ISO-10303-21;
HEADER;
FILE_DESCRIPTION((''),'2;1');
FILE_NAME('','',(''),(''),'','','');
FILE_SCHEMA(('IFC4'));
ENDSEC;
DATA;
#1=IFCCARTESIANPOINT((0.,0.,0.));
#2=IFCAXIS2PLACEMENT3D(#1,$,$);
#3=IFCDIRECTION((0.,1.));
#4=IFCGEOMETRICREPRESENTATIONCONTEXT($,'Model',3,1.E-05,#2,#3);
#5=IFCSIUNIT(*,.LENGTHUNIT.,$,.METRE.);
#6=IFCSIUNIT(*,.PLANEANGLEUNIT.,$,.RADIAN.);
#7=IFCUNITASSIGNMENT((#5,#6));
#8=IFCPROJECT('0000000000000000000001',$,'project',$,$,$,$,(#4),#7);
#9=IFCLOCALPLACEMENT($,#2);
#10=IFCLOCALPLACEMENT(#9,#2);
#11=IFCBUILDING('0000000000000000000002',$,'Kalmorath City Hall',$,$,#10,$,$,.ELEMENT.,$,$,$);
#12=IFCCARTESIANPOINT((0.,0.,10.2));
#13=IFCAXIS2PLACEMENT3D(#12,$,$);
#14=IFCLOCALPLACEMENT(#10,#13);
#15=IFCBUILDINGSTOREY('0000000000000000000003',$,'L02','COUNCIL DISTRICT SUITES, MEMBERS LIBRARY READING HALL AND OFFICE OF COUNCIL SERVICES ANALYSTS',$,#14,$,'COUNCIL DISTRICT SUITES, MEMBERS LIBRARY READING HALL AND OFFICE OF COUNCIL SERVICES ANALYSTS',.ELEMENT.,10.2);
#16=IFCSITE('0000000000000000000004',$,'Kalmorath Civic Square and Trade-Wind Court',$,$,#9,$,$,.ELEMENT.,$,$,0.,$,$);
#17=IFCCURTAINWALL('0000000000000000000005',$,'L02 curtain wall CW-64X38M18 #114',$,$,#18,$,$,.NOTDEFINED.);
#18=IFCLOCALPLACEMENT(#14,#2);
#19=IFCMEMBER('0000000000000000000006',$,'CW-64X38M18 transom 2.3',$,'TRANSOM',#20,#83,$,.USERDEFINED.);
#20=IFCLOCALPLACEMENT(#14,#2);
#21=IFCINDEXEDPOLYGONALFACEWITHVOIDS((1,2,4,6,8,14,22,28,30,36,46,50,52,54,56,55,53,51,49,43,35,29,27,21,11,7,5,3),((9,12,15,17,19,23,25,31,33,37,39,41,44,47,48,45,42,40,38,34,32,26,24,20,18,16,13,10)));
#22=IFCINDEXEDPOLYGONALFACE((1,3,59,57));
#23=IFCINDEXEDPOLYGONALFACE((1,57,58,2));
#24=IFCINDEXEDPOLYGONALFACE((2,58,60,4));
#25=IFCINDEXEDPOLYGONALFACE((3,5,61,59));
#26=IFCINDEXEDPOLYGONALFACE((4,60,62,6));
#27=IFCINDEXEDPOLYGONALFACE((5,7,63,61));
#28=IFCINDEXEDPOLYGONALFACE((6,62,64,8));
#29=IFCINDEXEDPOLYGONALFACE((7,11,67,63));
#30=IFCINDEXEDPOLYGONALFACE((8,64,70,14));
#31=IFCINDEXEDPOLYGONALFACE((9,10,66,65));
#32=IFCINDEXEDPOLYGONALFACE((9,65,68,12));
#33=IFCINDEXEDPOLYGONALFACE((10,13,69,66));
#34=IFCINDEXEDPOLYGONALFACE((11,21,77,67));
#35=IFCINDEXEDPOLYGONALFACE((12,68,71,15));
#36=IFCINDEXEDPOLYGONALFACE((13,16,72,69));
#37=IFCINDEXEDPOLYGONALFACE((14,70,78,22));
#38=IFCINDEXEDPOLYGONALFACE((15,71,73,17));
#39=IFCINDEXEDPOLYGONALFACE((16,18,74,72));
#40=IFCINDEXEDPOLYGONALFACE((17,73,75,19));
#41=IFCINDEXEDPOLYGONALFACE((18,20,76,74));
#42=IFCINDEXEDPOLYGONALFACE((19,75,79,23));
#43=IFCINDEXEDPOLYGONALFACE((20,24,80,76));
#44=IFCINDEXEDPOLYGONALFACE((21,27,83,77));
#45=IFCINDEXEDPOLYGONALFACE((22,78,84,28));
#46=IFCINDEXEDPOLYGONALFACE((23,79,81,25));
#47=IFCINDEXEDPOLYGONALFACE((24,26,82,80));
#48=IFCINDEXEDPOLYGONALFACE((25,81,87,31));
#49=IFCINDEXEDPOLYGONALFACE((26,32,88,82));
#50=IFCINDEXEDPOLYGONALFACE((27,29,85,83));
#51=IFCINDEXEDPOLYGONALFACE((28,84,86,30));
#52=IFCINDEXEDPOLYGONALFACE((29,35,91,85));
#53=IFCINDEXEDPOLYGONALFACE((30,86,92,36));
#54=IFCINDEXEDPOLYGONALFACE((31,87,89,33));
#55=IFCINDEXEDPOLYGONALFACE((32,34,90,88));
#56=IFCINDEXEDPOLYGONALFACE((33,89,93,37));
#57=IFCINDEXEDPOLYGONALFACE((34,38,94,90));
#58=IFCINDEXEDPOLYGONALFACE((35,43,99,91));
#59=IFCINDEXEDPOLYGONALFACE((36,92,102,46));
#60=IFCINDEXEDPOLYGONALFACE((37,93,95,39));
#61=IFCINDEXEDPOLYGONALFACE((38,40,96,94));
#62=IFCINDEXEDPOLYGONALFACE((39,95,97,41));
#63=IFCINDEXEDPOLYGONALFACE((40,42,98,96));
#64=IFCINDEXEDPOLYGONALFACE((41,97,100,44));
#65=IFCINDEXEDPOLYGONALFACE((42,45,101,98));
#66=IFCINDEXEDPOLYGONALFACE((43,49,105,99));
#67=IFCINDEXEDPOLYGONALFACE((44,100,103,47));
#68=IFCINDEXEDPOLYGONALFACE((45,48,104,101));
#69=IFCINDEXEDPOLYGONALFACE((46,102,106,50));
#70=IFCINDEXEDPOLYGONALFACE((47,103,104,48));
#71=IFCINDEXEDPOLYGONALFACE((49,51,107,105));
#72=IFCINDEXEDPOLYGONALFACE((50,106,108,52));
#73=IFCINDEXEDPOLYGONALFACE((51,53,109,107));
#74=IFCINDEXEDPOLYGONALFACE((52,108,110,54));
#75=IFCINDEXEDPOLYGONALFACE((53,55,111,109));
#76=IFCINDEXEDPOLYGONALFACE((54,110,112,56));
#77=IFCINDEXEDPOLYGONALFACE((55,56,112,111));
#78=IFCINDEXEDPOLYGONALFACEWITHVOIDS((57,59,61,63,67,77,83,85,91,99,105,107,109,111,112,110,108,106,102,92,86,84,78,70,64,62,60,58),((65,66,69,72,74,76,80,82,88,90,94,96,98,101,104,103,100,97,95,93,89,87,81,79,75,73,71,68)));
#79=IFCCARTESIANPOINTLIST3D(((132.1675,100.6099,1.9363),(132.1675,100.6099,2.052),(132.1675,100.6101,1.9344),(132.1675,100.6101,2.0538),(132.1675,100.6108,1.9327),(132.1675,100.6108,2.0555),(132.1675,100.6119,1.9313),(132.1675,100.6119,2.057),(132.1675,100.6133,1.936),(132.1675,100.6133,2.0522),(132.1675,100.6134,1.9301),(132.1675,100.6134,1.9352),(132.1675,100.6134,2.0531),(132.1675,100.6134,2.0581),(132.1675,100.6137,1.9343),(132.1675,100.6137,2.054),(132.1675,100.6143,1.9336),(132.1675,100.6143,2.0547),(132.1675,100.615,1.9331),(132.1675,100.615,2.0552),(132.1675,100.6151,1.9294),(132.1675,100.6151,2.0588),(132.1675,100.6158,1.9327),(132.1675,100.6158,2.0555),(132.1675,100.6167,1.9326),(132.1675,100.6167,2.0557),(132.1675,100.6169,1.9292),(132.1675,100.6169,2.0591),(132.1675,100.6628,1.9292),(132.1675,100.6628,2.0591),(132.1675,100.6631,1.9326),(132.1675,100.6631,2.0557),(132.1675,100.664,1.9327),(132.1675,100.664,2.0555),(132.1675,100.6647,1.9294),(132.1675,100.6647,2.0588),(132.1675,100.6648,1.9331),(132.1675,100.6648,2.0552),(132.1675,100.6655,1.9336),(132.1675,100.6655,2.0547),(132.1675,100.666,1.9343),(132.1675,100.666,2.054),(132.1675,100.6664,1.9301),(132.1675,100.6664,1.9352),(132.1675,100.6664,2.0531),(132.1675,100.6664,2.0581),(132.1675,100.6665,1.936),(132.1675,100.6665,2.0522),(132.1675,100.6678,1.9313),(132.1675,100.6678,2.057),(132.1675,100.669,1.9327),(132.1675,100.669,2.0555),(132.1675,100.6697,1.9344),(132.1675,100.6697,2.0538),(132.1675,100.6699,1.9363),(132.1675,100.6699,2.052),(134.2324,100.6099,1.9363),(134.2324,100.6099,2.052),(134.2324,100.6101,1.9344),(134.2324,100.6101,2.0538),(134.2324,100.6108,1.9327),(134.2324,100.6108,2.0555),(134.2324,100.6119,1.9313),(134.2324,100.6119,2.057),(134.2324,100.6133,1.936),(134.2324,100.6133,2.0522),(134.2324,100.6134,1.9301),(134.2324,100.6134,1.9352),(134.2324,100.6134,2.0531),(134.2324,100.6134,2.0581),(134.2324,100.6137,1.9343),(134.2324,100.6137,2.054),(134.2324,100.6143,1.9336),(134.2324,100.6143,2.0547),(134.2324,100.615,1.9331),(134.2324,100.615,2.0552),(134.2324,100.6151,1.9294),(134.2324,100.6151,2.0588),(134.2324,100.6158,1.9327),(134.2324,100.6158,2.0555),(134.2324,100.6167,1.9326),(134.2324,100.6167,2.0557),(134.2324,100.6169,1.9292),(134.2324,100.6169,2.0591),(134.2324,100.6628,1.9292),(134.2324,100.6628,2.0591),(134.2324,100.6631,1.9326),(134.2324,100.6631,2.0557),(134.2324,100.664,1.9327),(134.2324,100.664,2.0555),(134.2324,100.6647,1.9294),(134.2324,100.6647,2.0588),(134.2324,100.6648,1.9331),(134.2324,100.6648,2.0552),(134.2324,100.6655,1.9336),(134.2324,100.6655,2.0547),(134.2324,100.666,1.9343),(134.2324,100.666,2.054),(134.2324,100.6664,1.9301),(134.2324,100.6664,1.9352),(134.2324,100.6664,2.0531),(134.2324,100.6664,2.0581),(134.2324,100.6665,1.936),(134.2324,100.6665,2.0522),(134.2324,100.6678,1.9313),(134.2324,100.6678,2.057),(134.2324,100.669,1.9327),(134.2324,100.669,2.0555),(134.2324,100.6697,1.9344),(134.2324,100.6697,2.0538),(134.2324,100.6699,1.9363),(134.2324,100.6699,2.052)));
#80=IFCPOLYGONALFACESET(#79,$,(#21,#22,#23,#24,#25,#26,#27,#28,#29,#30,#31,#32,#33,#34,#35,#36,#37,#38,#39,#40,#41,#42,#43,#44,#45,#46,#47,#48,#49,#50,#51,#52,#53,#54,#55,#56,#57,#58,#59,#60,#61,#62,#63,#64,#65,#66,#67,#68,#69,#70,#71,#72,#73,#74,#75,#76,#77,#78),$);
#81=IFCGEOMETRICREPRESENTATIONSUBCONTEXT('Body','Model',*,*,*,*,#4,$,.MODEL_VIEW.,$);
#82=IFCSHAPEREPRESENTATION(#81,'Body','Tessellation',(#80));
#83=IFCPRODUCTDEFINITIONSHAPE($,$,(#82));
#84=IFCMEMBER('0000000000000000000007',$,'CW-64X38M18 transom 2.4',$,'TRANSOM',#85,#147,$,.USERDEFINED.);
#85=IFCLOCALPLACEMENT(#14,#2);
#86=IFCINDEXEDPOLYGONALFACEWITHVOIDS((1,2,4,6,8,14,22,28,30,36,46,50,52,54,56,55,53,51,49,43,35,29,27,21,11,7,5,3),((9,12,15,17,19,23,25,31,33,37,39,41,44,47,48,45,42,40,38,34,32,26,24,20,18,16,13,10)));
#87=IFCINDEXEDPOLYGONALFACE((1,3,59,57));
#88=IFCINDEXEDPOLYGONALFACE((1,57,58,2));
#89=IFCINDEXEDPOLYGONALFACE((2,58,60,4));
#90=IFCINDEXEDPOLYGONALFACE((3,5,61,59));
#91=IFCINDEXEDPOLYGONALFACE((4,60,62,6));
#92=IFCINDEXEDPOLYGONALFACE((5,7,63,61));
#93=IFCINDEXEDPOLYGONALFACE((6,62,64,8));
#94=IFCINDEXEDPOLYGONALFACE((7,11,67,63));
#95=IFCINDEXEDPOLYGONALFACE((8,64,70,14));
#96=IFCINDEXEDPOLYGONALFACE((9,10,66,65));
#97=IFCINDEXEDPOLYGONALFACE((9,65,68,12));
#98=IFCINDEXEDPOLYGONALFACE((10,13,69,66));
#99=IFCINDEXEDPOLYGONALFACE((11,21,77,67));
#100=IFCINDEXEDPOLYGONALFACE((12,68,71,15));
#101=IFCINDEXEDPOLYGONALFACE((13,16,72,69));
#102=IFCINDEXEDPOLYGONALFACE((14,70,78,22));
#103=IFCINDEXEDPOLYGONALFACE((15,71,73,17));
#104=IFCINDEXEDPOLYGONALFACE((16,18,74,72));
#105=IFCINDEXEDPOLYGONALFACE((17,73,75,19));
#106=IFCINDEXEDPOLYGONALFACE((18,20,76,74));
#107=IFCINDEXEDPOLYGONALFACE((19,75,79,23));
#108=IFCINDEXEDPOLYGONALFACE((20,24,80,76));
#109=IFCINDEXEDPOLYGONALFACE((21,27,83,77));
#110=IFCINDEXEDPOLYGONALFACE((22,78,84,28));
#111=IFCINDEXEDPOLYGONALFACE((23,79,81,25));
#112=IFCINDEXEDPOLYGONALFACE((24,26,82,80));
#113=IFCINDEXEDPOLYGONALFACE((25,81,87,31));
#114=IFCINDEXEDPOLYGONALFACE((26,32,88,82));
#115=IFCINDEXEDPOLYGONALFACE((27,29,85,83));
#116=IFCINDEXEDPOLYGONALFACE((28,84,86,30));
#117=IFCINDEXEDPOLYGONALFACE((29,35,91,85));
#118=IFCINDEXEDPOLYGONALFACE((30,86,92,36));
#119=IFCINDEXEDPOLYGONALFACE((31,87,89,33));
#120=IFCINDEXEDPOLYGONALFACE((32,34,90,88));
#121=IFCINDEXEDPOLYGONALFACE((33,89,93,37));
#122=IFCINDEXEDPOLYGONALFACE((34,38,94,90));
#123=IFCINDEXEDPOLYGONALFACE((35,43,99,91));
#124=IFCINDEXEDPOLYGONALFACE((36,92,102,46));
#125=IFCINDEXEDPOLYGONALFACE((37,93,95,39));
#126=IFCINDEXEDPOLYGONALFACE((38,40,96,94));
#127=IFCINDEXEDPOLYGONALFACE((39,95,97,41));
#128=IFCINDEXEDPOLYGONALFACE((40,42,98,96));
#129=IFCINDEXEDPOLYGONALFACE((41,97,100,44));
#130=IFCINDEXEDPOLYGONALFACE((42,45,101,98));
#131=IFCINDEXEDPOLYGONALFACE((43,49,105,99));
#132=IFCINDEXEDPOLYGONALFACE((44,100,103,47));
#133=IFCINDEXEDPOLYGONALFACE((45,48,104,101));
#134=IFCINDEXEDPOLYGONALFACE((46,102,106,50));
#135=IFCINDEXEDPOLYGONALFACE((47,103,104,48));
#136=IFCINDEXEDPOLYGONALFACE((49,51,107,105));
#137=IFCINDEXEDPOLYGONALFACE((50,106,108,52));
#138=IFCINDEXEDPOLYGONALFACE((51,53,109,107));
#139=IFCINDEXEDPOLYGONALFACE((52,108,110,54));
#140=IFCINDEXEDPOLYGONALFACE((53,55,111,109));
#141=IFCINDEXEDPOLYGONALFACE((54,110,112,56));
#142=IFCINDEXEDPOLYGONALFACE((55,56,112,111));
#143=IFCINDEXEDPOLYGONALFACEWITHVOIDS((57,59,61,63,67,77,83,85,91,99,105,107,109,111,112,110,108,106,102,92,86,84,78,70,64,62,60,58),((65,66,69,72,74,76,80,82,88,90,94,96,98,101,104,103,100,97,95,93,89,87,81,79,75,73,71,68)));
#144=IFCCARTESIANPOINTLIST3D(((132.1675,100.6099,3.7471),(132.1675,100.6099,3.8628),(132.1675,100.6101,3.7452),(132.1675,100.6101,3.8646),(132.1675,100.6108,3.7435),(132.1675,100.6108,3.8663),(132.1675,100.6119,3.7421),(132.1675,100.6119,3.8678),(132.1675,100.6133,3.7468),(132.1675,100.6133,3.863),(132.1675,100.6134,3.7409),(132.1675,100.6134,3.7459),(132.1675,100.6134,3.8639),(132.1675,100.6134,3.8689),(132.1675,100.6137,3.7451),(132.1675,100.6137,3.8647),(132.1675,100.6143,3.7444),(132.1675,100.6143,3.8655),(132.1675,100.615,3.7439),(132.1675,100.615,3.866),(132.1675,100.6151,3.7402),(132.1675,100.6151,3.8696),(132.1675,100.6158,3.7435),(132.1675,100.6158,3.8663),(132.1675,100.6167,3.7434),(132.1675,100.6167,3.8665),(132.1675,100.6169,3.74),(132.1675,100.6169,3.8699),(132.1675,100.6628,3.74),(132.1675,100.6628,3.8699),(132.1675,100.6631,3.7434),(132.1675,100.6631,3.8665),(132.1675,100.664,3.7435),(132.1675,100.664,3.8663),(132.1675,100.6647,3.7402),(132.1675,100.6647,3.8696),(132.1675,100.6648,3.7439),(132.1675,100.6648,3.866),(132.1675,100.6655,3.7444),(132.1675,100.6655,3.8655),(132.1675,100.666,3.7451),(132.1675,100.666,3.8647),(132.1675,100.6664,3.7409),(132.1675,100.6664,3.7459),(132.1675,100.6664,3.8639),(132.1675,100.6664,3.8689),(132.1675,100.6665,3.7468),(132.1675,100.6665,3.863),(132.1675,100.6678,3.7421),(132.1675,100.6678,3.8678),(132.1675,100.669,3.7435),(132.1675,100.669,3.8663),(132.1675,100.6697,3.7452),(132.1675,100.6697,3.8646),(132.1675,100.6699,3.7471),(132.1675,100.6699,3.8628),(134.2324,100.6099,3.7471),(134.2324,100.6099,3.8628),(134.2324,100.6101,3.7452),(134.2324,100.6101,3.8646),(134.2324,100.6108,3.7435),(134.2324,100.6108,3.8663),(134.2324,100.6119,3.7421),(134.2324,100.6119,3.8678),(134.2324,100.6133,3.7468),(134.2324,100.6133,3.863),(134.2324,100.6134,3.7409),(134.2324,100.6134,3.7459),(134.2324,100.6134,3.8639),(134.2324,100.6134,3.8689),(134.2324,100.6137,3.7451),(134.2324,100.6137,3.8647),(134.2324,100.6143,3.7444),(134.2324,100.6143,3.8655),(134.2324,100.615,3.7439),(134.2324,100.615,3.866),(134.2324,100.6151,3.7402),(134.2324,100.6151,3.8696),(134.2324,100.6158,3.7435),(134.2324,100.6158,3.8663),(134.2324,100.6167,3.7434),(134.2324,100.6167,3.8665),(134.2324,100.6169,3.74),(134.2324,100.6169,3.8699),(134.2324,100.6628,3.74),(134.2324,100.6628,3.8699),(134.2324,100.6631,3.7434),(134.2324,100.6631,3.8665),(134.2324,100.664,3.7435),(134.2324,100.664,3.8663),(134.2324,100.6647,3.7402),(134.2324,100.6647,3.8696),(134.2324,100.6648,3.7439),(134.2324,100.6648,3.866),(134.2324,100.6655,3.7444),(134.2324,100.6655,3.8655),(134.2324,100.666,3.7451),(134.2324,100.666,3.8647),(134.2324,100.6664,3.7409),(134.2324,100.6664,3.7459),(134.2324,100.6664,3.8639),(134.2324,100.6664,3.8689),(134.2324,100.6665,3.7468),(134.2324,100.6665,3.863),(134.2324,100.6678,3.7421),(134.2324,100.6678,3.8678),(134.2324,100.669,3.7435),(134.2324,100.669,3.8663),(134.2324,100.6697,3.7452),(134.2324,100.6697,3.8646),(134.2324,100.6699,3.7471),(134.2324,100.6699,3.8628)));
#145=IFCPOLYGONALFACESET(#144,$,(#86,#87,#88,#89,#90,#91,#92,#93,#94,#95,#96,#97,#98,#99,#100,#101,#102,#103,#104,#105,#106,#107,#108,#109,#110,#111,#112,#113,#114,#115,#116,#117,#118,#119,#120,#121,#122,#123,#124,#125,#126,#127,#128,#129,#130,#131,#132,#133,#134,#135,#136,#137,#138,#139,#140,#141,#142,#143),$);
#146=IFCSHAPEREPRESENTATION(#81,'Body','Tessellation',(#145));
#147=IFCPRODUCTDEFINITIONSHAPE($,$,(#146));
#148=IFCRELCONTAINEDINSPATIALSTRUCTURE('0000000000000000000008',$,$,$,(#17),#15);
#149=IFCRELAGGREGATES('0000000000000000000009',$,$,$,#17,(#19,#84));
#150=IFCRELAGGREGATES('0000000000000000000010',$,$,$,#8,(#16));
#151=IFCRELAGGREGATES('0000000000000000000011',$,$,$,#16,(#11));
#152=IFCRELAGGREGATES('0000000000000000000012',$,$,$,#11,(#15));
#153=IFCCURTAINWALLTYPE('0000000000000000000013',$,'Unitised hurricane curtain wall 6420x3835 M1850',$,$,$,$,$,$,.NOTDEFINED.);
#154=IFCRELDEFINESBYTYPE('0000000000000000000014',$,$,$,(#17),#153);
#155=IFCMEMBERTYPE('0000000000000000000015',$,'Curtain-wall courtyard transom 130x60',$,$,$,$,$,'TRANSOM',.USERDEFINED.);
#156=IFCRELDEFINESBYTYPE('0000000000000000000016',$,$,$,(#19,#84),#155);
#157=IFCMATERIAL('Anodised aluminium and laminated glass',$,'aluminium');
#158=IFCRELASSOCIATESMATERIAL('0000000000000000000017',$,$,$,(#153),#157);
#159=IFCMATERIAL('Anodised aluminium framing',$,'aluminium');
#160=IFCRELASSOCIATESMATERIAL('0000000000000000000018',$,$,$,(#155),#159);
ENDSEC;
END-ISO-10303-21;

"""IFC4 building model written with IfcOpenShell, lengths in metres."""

from ifc_helpers import new_model, si_unit, direction, frame, origin, origin_2d, place, context, subcontext, project, spatial, hollow_rectangle, extrude, material, material_profile, profile_set, type_object, element, aggregate, save


model = new_model("IFC4")

# Units and contexts
model_context = context("Model", 3, precision=1e-05, world=origin(), true_north=direction((0.0, 1.0)))
body_context = subcontext(model_context, "Body", "Model", "MODEL_VIEW")
ifc_project = project(units=[si_unit("LENGTHUNIT", "METRE"), si_unit("PLANEANGLEUNIT", "RADIAN")], contexts=[model_context])

# Site, building, storey
site_placement = place(None, origin())
site = spatial("IfcSite", under=ifc_project, at=site_placement, Name="Kalmorath Civic Square and Trade-Wind Court", CompositionType="ELEMENT", RefElevation=0.0)
building_placement = place(site_placement, origin())
building = spatial("IfcBuilding", under=site, at=building_placement, Name="Kalmorath City Hall", CompositionType="ELEMENT")
storey_placement = place(building_placement, frame((0.0, 0.0, 10.2)))
storey = spatial("IfcBuildingStorey", under=building, at=storey_placement, Name="L02", Description="COUNCIL DISTRICT SUITES, MEMBERS LIBRARY READING HALL AND OFFICE OF COUNCIL SERVICES ANALYSTS", LongName="COUNCIL DISTRICT SUITES, MEMBERS LIBRARY READING HALL AND OFFICE OF COUNCIL SERVICES ANALYSTS", CompositionType="ELEMENT", Elevation=10.2)

# Curtain wall, members
ifc_material_1 = material(Name="Anodised aluminium and laminated glass", Category="aluminium")
curtain_wall_type = type_object("IfcCurtainWallType", Name="Unitised hurricane curtain wall 6420x3835 M1850", PredefinedType="NOTDEFINED", material=ifc_material_1)
curtain_wall_placement = place(storey_placement, origin())
curtain_wall = element("IfcCurtainWall", 1, at=curtain_wall_placement, inside=storey, type_object=curtain_wall_type, Name="L02 curtain wall CW-64X38M18 #114", PredefinedType="NOTDEFINED")
ifc_material_2 = material(Name="Anodised aluminium framing", Category="aluminium")
ifc_material_profile_1 = material_profile(ifc_material_2, hollow_rectangle(XDim=0.0601, YDim=0.1299, WallThickness=0.0034, InnerFilletRadius=0.0034, OuterFilletRadius=0.0071, at=origin_2d()), Name="ALU-TRN-130X60X3.5")
ifc_profile_set_1 = profile_set([ifc_material_profile_1], Name="Anodised aluminium framing")
member_type_1 = type_object("IfcMemberType", Name="Curtain-wall courtyard transom 130x60", ElementType="TRANSOM", PredefinedType="USERDEFINED", material=ifc_profile_set_1)
member_1_placement = place(storey_placement, frame((132.1675, 100.6399, 1.9941), z_axis=(1.0, 0.0, 0.0), x_axis=(0.0, 1.0, 0.0)))
member_1 = element("IfcMember", 2, at=member_1_placement, type_object=member_type_1, Name="CW-64X38M18 transom 2.3", ObjectType="TRANSOM", PredefinedType="USERDEFINED", context=body_context, shape_type="SweptSolid", body=[
    extrude(hollow_rectangle(XDim=0.0601, YDim=0.1299, WallThickness=0.0034, InnerFilletRadius=0.0034, OuterFilletRadius=0.0071, at=origin_2d()), origin(), (0.0, 0.0, 1.0), 2.0649),
])
member_2_placement = place(storey_placement, frame((132.1675, 100.6399, 3.8049), z_axis=(1.0, 0.0, 0.0), x_axis=(0.0, 1.0, 0.0)))
member_2 = element("IfcMember", 3, at=member_2_placement, type_object=member_type_1, Name="CW-64X38M18 transom 2.4", ObjectType="TRANSOM", PredefinedType="USERDEFINED", context=body_context, shape_type="SweptSolid", body=[
    extrude(hollow_rectangle(XDim=0.0601, YDim=0.1299, WallThickness=0.0034, InnerFilletRadius=0.0034, OuterFilletRadius=0.0071, at=origin_2d()), origin(), (0.0, 0.0, 1.0), 2.0649),
])

aggregate(curtain_wall, [member_1, member_2])

save(model, "model.ifc")
